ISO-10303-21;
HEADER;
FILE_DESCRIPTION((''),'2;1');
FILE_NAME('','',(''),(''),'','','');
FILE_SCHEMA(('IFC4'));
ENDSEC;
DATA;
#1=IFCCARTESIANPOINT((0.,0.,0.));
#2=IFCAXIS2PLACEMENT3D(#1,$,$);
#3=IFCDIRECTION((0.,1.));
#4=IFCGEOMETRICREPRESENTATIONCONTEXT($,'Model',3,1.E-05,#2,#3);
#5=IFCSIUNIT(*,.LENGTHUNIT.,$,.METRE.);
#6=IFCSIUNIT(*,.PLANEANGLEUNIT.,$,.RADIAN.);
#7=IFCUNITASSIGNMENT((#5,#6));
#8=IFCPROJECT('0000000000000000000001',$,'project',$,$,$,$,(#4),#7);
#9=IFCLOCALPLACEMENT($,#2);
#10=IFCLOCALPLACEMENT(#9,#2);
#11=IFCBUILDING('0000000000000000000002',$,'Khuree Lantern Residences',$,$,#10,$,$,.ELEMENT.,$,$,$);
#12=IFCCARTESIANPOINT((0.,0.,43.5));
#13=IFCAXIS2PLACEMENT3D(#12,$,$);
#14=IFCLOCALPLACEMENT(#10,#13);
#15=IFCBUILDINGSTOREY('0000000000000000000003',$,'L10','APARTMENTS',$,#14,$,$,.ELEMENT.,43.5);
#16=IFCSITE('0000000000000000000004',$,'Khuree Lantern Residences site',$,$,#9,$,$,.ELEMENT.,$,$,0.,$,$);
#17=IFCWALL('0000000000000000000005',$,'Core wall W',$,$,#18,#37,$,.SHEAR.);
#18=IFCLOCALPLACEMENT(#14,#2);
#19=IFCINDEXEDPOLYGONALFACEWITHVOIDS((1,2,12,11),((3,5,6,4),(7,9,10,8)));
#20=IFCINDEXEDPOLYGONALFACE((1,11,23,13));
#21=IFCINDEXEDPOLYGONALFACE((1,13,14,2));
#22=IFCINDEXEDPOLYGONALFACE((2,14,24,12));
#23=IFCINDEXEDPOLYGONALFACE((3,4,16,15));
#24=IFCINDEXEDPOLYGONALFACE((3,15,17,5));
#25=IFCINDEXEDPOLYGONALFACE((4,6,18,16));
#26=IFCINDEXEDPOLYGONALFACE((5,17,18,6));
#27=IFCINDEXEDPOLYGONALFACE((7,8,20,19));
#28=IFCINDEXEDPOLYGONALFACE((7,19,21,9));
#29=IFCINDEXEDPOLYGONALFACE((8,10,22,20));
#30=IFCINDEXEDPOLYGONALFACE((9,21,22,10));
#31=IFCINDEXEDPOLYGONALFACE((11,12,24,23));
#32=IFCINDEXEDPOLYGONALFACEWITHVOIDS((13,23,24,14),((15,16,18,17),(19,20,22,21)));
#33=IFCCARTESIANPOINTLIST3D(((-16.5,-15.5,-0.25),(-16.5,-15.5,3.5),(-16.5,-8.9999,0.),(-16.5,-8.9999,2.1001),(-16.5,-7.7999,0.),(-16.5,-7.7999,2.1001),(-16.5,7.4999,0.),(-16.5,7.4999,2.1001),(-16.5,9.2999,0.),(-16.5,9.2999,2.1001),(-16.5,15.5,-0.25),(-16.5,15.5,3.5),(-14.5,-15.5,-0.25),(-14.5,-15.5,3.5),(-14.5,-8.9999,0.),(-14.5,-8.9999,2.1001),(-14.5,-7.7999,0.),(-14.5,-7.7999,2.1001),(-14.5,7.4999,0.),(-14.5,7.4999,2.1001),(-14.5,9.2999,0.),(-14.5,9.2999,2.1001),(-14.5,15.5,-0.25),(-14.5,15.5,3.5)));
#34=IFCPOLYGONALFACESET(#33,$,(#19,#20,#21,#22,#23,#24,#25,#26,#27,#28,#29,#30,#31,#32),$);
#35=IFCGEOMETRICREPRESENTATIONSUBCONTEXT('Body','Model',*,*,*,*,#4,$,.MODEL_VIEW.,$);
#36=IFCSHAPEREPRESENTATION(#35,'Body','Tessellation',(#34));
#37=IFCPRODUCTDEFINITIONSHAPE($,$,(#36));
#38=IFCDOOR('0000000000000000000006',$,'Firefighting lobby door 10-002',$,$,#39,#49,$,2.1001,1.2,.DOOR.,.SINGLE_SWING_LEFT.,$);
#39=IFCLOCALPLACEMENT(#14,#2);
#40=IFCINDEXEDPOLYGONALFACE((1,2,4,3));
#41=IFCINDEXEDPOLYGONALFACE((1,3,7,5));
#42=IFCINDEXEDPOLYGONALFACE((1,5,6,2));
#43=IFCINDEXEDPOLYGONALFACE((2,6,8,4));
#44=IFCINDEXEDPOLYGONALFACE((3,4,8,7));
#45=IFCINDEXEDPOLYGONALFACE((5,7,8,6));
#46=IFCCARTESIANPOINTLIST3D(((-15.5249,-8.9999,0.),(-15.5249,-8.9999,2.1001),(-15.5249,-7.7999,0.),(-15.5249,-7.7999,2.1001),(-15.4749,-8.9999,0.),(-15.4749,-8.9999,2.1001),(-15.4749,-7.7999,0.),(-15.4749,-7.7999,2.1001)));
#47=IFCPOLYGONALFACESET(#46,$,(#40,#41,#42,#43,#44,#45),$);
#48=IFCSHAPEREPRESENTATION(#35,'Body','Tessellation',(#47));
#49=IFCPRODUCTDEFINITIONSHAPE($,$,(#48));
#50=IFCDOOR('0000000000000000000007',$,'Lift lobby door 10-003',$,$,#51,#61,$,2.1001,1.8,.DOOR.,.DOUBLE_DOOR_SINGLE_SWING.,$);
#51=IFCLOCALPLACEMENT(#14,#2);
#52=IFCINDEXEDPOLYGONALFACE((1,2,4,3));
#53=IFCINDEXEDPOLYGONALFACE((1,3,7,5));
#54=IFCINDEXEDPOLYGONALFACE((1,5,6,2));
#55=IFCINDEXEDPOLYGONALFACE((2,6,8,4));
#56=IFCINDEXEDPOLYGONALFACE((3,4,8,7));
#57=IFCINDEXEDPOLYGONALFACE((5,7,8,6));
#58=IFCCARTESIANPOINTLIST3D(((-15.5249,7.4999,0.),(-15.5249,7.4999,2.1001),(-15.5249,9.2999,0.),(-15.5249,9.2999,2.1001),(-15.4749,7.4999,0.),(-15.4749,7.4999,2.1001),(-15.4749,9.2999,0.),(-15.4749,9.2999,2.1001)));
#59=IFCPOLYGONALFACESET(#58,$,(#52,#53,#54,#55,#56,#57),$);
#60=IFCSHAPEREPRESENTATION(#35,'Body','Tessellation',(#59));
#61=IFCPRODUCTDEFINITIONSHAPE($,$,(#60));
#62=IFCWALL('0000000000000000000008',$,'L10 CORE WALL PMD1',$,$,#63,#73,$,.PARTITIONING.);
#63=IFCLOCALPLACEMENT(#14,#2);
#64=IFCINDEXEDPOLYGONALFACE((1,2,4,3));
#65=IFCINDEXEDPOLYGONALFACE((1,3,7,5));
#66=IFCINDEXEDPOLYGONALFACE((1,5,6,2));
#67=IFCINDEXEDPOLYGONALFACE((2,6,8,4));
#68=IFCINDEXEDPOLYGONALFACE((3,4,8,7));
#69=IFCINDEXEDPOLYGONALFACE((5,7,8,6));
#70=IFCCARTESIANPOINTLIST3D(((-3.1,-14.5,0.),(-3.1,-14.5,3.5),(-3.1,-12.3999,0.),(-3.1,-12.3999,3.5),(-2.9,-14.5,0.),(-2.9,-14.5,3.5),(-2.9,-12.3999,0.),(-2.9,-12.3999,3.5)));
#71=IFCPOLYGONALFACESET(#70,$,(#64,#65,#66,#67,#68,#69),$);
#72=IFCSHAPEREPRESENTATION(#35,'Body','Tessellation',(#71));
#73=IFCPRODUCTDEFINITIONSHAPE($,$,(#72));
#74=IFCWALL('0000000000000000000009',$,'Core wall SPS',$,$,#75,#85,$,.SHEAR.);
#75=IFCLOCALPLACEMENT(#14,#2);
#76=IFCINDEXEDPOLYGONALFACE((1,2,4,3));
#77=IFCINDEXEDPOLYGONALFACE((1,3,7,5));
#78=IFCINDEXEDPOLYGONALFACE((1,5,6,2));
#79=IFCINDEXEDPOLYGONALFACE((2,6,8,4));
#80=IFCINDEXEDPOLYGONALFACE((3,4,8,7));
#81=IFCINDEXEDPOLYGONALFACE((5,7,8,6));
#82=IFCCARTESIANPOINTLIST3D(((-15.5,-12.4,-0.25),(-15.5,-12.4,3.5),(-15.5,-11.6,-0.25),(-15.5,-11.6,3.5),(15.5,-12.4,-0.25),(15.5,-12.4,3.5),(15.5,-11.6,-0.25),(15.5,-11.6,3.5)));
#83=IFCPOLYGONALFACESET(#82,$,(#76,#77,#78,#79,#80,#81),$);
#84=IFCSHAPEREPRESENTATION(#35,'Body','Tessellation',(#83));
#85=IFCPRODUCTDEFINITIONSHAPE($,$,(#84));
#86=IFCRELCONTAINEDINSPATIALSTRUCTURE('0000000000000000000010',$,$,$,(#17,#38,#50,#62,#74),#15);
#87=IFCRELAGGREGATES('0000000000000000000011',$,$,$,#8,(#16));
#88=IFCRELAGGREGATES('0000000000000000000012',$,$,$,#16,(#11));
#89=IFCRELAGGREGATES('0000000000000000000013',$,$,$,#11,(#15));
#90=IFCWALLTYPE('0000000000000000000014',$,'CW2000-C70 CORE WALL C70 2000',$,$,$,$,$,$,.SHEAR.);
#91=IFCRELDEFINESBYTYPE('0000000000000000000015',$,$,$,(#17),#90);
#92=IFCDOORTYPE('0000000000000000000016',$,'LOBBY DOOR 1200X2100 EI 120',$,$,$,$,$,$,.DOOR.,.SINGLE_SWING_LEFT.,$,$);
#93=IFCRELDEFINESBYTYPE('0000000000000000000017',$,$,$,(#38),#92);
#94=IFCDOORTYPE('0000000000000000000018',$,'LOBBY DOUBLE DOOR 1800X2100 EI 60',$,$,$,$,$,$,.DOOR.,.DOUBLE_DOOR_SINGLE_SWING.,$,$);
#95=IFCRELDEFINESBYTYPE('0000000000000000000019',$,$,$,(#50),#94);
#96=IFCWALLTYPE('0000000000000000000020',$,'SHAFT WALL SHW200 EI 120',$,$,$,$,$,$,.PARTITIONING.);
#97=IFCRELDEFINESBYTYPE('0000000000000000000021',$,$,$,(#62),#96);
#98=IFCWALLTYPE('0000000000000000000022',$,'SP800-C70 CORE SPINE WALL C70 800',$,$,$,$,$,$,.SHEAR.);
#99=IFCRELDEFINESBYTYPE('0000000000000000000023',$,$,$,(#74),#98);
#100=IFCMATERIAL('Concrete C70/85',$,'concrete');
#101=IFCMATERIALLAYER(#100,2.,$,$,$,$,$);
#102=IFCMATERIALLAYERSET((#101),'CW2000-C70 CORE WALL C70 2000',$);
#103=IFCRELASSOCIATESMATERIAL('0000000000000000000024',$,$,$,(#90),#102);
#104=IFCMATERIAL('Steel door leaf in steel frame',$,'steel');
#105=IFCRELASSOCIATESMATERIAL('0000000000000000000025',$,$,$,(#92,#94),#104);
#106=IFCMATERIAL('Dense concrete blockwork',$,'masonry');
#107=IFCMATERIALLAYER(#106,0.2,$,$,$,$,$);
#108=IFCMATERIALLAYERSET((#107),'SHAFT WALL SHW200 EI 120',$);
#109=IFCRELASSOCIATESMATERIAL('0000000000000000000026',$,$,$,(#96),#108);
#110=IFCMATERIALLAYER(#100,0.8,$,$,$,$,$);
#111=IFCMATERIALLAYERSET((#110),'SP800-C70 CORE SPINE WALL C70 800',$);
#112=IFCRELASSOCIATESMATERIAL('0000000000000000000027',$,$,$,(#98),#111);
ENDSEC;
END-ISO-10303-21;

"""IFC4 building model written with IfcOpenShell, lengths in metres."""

from ifc_helpers import new_model, si_unit, direction, frame, frame_2d, origin, place, context, subcontext, project, spatial, rectangle, extrude, material, layer, layer_set, type_object, element, fill, save


model = new_model("IFC4")

# Units and contexts
model_context = context("Model", 3, precision=1e-05, world=origin(), true_north=direction((0.0, 1.0)))
body_context = subcontext(model_context, "Body", "Model", "MODEL_VIEW")
ifc_project = project(units=[si_unit("LENGTHUNIT", "METRE"), si_unit("PLANEANGLEUNIT", "RADIAN")], contexts=[model_context])

# Site, building, storey
site_placement = place(None, origin())
site = spatial("IfcSite", under=ifc_project, at=site_placement, Name="Khuree Lantern Residences site", CompositionType="ELEMENT", RefElevation=0.0)
building_placement = place(site_placement, origin())
building = spatial("IfcBuilding", under=site, at=building_placement, Name="Khuree Lantern Residences", CompositionType="ELEMENT")
storey_placement = place(building_placement, frame((0.0, 0.0, 43.5)))
storey = spatial("IfcBuildingStorey", under=building, at=storey_placement, Name="L10", Description="APARTMENTS", CompositionType="ELEMENT", Elevation=43.5)

# Shared definitions
ifc_material_1 = material(Name="Concrete C70/85", Category="concrete")

# Shared definitions
ifc_material_2 = material(Name="Dense concrete blockwork", Category="masonry")

# Shared definitions
ifc_layer_1 = layer(ifc_material_1, 2.0)
ifc_layer_set_1 = layer_set([ifc_layer_1], Name="CW2000-C70 CORE WALL C70 2000")
wall_type_1 = type_object("IfcWallType", Name="CW2000-C70 CORE WALL C70 2000", PredefinedType="SHEAR", material=ifc_layer_set_1)

# Wall, openings, doors
wall_1_placement = place(storey_placement, frame((-15.5, -15.5, -0.25), z_axis=(0.0, 0.0, 1.0), x_axis=(0.0, 1.0, 0.0)))
wall_1 = element("IfcWall", 1, at=wall_1_placement, inside=storey, type_object=wall_type_1, Name="Core wall W", PredefinedType="SHEAR", context=body_context, shape_type="SweptSolid", body=[
    extrude(rectangle(XDim=31.0, YDim=2.0, at=frame_2d((15.5, 0.0))), origin(), (0.0, 0.0, 1.0), 3.75),
])
opening_1_placement = place(wall_1_placement, frame((6.5, 0.0, 0.25)))
opening_1 = element("IfcOpeningElement", 2, at=opening_1_placement, cuts=wall_1, PredefinedType="OPENING", context=body_context, shape_type="SweptSolid", body=[
    extrude(rectangle(XDim=1.2, YDim=2.1001, at=frame_2d((0.6001, 1.05))), frame((0.0, 1.01, 0.0), z_axis=(0.0, -1.0, 0.0), x_axis=(1.0, 0.0, 0.0)), (0.0, 0.0, 1.0), 2.02),
])
opening_2_placement = place(wall_1_placement, frame((23.0, 0.0, 0.25)))
opening_2 = element("IfcOpeningElement", 3, at=opening_2_placement, cuts=wall_1, PredefinedType="OPENING", context=body_context, shape_type="SweptSolid", body=[
    extrude(rectangle(XDim=1.8, YDim=2.1001, at=frame_2d((0.8999, 1.05))), frame((0.0, 1.01, 0.0), z_axis=(0.0, -1.0, 0.0), x_axis=(1.0, 0.0, 0.0)), (0.0, 0.0, 1.0), 2.02),
])
ifc_material_3 = material(Name="Steel door leaf in steel frame", Category="steel")
door_type_1 = type_object("IfcDoorType", Name="LOBBY DOOR 1200X2100 EI 120", OperationType="SINGLE_SWING_LEFT", PredefinedType="DOOR", material=ifc_material_3)
door_1_placement = place(opening_1_placement, origin())
door_1 = element("IfcDoor", 4, at=door_1_placement, inside=storey, type_object=door_type_1, Name="Firefighting lobby door 10-002", OperationType="SINGLE_SWING_LEFT", OverallHeight=2.1001, OverallWidth=1.2, PredefinedType="DOOR", context=body_context, shape_type="SweptSolid", body=[
    extrude(rectangle(XDim=1.2, YDim=2.1001, at=frame_2d((0.6001, 1.05))), frame((0.0, 0.0249, 0.0), z_axis=(0.0, -1.0, 0.0), x_axis=(1.0, 0.0, 0.0)), (0.0, 0.0, 1.0), 0.05),
])
fill(opening_1, door_1)
door_type_2 = type_object("IfcDoorType", Name="LOBBY DOUBLE DOOR 1800X2100 EI 60", OperationType="DOUBLE_DOOR_SINGLE_SWING", PredefinedType="DOOR", material=ifc_material_3)
door_2_placement = place(opening_2_placement, origin())
door_2 = element("IfcDoor", 5, at=door_2_placement, inside=storey, type_object=door_type_2, Name="Lift lobby door 10-003", OperationType="DOUBLE_DOOR_SINGLE_SWING", OverallHeight=2.1001, OverallWidth=1.8, PredefinedType="DOOR", context=body_context, shape_type="SweptSolid", body=[
    extrude(rectangle(XDim=1.8, YDim=2.1001, at=frame_2d((0.8999, 1.05))), frame((0.0, 0.0249, 0.0), z_axis=(0.0, -1.0, 0.0), x_axis=(1.0, 0.0, 0.0)), (0.0, 0.0, 1.0), 0.05),
])
fill(opening_2, door_2)

# Walls
ifc_layer_2 = layer(ifc_material_2, 0.2)
ifc_layer_set_2 = layer_set([ifc_layer_2], Name="SHAFT WALL SHW200 EI 120")
wall_type_2 = type_object("IfcWallType", Name="SHAFT WALL SHW200 EI 120", PredefinedType="PARTITIONING", material=ifc_layer_set_2)
wall_2_placement = place(storey_placement, frame((-3.0, -14.5, 0.0), z_axis=(0.0, 0.0, 1.0), x_axis=(0.0, 1.0, 0.0)))
element("IfcWall", 6, at=wall_2_placement, inside=storey, type_object=wall_type_2, Name="L10 CORE WALL PMD1", PredefinedType="PARTITIONING", context=body_context, shape_type="SweptSolid", body=[
    extrude(rectangle(XDim=2.1001, YDim=0.2, at=frame_2d((1.05, 0.0))), origin(), (0.0, 0.0, 1.0), 3.5),
])
ifc_layer_3 = layer(ifc_material_1, 0.8)
ifc_layer_set_3 = layer_set([ifc_layer_3], Name="SP800-C70 CORE SPINE WALL C70 800")
wall_type_3 = type_object("IfcWallType", Name="SP800-C70 CORE SPINE WALL C70 800", PredefinedType="SHEAR", material=ifc_layer_set_3)
wall_3_placement = place(storey_placement, frame((-15.5, -12.0, -0.25), z_axis=(0.0, 0.0, 1.0), x_axis=(1.0, 0.0, 0.0)))
element("IfcWall", 7, at=wall_3_placement, inside=storey, type_object=wall_type_3, Name="Core wall SPS", PredefinedType="SHEAR", context=body_context, shape_type="SweptSolid", body=[
    extrude(rectangle(XDim=31.0, YDim=0.8, at=frame_2d((15.5, 0.0))), origin(), (0.0, 0.0, 1.0), 3.75),
])

save(model, "model.ifc")
